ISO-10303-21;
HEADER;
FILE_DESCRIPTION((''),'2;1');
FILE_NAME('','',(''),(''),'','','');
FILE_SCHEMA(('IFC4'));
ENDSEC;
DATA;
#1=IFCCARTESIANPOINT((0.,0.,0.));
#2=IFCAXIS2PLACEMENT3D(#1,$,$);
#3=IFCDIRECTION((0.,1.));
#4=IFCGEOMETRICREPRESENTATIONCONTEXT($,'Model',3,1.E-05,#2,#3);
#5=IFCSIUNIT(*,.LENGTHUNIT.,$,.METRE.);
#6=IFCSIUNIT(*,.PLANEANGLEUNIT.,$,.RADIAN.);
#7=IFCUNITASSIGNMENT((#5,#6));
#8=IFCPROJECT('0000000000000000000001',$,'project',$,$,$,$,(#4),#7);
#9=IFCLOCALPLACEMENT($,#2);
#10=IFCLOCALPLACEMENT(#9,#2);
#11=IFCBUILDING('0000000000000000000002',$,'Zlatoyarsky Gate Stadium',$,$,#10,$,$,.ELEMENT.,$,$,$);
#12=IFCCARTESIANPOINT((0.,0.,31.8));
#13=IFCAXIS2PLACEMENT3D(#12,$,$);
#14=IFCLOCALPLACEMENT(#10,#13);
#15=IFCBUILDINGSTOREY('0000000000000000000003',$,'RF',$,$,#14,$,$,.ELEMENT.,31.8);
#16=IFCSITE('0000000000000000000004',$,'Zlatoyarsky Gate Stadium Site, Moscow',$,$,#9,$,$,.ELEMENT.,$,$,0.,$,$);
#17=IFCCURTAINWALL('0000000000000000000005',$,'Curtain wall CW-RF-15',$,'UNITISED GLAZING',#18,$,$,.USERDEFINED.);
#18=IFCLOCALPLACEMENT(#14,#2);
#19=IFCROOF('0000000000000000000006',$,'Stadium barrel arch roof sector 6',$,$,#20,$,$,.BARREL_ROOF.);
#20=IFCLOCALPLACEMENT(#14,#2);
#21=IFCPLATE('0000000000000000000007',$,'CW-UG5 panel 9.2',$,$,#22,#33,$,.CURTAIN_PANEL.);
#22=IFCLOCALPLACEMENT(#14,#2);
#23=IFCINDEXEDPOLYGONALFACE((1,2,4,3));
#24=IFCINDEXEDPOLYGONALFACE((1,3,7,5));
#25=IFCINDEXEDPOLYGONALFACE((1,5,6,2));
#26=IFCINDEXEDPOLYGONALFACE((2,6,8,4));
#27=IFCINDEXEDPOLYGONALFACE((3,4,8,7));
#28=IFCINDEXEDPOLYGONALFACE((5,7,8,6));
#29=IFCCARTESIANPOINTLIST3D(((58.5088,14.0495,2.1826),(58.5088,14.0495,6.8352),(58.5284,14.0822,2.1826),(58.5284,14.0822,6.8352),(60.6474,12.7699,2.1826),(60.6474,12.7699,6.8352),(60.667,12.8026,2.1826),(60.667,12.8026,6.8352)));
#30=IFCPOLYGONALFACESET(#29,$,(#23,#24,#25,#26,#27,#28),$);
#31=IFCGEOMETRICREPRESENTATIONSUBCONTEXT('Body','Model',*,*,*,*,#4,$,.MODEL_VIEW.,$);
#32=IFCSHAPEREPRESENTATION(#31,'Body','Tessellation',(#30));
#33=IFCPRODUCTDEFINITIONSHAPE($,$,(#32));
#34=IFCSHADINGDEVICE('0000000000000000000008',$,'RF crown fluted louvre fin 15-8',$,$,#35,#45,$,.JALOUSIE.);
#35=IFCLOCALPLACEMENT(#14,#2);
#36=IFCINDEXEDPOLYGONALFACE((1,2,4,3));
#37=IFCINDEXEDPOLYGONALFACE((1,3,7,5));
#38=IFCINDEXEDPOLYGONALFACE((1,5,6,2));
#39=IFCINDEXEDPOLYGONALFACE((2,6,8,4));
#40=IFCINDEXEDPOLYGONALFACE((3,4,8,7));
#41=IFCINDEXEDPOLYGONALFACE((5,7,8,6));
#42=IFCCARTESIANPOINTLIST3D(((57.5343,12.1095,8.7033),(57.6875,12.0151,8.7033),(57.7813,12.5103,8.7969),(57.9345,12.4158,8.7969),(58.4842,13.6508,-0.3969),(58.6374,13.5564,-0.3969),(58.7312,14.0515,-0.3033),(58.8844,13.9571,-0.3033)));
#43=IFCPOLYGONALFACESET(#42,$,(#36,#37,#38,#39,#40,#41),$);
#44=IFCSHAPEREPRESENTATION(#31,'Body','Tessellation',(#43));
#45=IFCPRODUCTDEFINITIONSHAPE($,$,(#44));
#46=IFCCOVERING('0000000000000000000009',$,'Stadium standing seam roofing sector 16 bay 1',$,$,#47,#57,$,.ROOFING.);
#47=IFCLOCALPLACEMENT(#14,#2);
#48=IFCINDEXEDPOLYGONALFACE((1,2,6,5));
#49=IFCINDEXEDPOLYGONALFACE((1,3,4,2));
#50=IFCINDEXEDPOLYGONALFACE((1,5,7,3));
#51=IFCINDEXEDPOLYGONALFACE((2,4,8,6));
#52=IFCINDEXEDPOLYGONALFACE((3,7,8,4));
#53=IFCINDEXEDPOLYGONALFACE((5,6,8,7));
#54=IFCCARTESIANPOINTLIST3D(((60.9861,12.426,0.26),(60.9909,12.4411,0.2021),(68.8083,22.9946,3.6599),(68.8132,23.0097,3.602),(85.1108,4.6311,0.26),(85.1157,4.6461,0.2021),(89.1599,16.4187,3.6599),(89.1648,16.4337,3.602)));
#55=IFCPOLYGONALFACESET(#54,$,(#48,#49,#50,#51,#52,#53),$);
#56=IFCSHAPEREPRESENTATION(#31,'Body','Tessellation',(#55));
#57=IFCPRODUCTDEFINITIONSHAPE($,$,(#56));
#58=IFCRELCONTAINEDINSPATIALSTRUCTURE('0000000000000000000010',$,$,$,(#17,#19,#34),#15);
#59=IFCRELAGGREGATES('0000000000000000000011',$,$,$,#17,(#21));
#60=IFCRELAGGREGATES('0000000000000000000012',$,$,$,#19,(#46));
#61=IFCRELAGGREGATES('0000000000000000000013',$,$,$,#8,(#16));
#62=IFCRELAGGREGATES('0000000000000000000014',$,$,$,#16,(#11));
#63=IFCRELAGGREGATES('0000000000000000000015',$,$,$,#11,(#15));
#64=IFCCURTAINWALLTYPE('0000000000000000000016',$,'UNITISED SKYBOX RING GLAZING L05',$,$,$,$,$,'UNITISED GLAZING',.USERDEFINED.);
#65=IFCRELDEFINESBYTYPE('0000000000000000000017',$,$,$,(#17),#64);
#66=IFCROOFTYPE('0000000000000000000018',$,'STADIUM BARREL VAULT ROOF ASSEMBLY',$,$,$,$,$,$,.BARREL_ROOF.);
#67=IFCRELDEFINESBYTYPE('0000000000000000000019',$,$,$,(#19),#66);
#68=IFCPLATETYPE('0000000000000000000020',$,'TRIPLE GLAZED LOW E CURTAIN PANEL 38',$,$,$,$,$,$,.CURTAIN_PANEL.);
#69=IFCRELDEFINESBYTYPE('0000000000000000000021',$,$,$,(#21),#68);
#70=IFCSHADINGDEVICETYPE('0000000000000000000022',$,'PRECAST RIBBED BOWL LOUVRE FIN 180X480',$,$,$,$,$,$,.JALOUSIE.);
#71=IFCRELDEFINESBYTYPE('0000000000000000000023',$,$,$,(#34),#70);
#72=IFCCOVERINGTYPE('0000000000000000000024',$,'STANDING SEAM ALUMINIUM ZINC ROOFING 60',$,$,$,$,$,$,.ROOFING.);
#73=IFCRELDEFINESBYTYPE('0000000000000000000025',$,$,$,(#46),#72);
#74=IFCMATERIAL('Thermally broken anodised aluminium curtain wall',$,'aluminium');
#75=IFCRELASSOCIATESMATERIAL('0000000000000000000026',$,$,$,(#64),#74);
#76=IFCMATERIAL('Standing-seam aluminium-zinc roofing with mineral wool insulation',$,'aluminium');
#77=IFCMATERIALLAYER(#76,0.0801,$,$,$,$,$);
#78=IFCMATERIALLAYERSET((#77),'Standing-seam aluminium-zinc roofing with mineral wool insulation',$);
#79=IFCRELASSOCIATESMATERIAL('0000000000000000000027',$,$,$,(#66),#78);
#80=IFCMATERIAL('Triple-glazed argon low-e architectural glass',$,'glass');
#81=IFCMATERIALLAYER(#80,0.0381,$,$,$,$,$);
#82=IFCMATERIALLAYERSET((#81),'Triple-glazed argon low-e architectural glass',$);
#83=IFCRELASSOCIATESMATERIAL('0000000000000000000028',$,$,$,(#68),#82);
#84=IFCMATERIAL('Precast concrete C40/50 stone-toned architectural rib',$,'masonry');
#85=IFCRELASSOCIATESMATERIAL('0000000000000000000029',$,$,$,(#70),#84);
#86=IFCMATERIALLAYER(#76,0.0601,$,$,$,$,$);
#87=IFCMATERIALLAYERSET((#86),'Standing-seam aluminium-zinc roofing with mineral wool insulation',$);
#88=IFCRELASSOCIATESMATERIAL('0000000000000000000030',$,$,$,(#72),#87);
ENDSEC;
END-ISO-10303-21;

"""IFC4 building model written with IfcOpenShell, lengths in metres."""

from ifc_helpers import new_model, si_unit, direction, frame, origin, origin_2d, place, context, subcontext, project, spatial, polyline, rectangle, outline, extrude, material, layer, layer_set, material_profile, profile_set, type_object, element, aggregate, save


model = new_model("IFC4")

# Units and contexts
model_context = context("Model", 3, precision=1e-05, world=origin(), true_north=direction((0.0, 1.0)))
body_context = subcontext(model_context, "Body", "Model", "MODEL_VIEW")
ifc_project = project(units=[si_unit("LENGTHUNIT", "METRE"), si_unit("PLANEANGLEUNIT", "RADIAN")], contexts=[model_context])

# Site, building, storey
site_placement = place(None, origin())
site = spatial("IfcSite", under=ifc_project, at=site_placement, Name="Zlatoyarsky Gate Stadium Site, Moscow", CompositionType="ELEMENT", RefElevation=0.0)
building_placement = place(site_placement, origin())
building = spatial("IfcBuilding", under=site, at=building_placement, Name="Zlatoyarsky Gate Stadium", CompositionType="ELEMENT")
storey_placement = place(building_placement, frame((0.0, 0.0, 31.8)))
storey = spatial("IfcBuildingStorey", under=building, at=storey_placement, Name="RF", CompositionType="ELEMENT", Elevation=31.8)

# Curtain wall
ifc_material_1 = material(Name="Thermally broken anodised aluminium curtain wall", Category="aluminium")
curtain_wall_type = type_object("IfcCurtainWallType", Name="UNITISED SKYBOX RING GLAZING L05", ElementType="UNITISED GLAZING", PredefinedType="USERDEFINED", material=ifc_material_1)
curtain_wall_placement = place(storey_placement, origin())
curtain_wall = element("IfcCurtainWall", 1, at=curtain_wall_placement, inside=storey, type_object=curtain_wall_type, Name="Curtain wall CW-RF-15", ObjectType="UNITISED GLAZING", PredefinedType="USERDEFINED")

# Roof
ifc_material_2 = material(Name="Standing-seam aluminium-zinc roofing with mineral wool insulation", Category="aluminium")
ifc_layer_1 = layer(ifc_material_2, 0.0801)
ifc_layer_set_1 = layer_set([ifc_layer_1], Name="Standing-seam aluminium-zinc roofing with mineral wool insulation")
roof_type = type_object("IfcRoofType", Name="STADIUM BARREL VAULT ROOF ASSEMBLY", PredefinedType="BARREL_ROOF", material=ifc_layer_set_1)
roof_placement = place(storey_placement, origin())
roof = element("IfcRoof", 2, at=roof_placement, inside=storey, type_object=roof_type, Name="Stadium barrel arch roof sector 6", PredefinedType="BARREL_ROOF")

# Plate
ifc_material_3 = material(Name="Triple-glazed argon low-e architectural glass", Category="glass")
ifc_layer_2 = layer(ifc_material_3, 0.0381)
ifc_layer_set_2 = layer_set([ifc_layer_2], Name="Triple-glazed argon low-e architectural glass")
plate_type_1 = type_object("IfcPlateType", Name="TRIPLE GLAZED LOW E CURTAIN PANEL 38", PredefinedType="CURTAIN_PANEL", material=ifc_layer_set_2)
plate_1_placement = place(storey_placement, frame((59.5879, 13.426, 2.1826), z_axis=(0.0, 0.0, 1.0), x_axis=(0.858128, -0.513436, 0.0)))
plate_1 = element("IfcPlate", 3, at=plate_1_placement, type_object=plate_type_1, Name="CW-UG5 panel 9.2", PredefinedType="CURTAIN_PANEL", context=body_context, shape_type="SweptSolid", body=[
    extrude(rectangle(XDim=2.4922, YDim=0.0381, at=origin_2d()), origin(), (0.0, 0.0, 1.0), 4.6526),
])
aggregate(curtain_wall, [plate_1])

# Shading device
ifc_material_4 = material(Name="Precast concrete C40/50 stone-toned architectural rib", Category="masonry")
ifc_material_profile_1 = material_profile(ifc_material_4, rectangle(XDim=0.1799, YDim=0.48, at=origin_2d()), Name="RIB 180X480")
ifc_profile_set_1 = profile_set([ifc_material_profile_1], Name="Precast concrete C40/50 stone-toned architectural rib")
shading_device_type = type_object("IfcShadingDeviceType", Name="PRECAST RIBBED BOWL LOUVRE FIN 180X480", PredefinedType="JALOUSIE", material=ifc_profile_set_1)
shading_device_placement = place(storey_placement, frame((58.6843, 13.804, -0.3501), z_axis=(-0.102383, -0.166112, 0.980778), x_axis=(0.851292, -0.524692, 0.0)))
element("IfcShadingDevice", 4, at=shading_device_placement, inside=storey, type_object=shading_device_type, Name="RF crown fluted louvre fin 15-8", PredefinedType="JALOUSIE", context=body_context, shape_type="SweptSolid", body=[
    extrude(rectangle(XDim=0.1799, YDim=0.48, at=origin_2d()), origin(), (0.0, 0.0, 1.0), 9.2786),
])

# Covering
ifc_layer_3 = layer(ifc_material_2, 0.0601)
ifc_layer_set_3 = layer_set([ifc_layer_3], Name="Standing-seam aluminium-zinc roofing with mineral wool insulation")
covering_type = type_object("IfcCoveringType", Name="STANDING SEAM ALUMINIUM ZINC ROOFING 60", PredefinedType="ROOFING", material=ifc_layer_set_3)
covering_placement = place(storey_placement, frame((60.9861, 12.426, 0.26), z_axis=(-0.080927, -0.25046, 0.964739), x_axis=(0.951562, -0.307458, 0.000001)))
covering = element("IfcCovering", 5, at=covering_placement, type_object=covering_type, Name="Stadium standing seam roofing sector 16 bay 1", PredefinedType="ROOFING", context=body_context, shape_type="SweptSolid", body=[
    extrude(outline(polyline([(0.0, 0.0), (25.3528, 0.0), (25.5816, 12.917), (4.194, 12.9172), (0.0, 0.0)])), origin(), (0.0, 0.0, -1.0), 0.0601),
])
aggregate(roof, [covering])

save(model, "model.ifc")
